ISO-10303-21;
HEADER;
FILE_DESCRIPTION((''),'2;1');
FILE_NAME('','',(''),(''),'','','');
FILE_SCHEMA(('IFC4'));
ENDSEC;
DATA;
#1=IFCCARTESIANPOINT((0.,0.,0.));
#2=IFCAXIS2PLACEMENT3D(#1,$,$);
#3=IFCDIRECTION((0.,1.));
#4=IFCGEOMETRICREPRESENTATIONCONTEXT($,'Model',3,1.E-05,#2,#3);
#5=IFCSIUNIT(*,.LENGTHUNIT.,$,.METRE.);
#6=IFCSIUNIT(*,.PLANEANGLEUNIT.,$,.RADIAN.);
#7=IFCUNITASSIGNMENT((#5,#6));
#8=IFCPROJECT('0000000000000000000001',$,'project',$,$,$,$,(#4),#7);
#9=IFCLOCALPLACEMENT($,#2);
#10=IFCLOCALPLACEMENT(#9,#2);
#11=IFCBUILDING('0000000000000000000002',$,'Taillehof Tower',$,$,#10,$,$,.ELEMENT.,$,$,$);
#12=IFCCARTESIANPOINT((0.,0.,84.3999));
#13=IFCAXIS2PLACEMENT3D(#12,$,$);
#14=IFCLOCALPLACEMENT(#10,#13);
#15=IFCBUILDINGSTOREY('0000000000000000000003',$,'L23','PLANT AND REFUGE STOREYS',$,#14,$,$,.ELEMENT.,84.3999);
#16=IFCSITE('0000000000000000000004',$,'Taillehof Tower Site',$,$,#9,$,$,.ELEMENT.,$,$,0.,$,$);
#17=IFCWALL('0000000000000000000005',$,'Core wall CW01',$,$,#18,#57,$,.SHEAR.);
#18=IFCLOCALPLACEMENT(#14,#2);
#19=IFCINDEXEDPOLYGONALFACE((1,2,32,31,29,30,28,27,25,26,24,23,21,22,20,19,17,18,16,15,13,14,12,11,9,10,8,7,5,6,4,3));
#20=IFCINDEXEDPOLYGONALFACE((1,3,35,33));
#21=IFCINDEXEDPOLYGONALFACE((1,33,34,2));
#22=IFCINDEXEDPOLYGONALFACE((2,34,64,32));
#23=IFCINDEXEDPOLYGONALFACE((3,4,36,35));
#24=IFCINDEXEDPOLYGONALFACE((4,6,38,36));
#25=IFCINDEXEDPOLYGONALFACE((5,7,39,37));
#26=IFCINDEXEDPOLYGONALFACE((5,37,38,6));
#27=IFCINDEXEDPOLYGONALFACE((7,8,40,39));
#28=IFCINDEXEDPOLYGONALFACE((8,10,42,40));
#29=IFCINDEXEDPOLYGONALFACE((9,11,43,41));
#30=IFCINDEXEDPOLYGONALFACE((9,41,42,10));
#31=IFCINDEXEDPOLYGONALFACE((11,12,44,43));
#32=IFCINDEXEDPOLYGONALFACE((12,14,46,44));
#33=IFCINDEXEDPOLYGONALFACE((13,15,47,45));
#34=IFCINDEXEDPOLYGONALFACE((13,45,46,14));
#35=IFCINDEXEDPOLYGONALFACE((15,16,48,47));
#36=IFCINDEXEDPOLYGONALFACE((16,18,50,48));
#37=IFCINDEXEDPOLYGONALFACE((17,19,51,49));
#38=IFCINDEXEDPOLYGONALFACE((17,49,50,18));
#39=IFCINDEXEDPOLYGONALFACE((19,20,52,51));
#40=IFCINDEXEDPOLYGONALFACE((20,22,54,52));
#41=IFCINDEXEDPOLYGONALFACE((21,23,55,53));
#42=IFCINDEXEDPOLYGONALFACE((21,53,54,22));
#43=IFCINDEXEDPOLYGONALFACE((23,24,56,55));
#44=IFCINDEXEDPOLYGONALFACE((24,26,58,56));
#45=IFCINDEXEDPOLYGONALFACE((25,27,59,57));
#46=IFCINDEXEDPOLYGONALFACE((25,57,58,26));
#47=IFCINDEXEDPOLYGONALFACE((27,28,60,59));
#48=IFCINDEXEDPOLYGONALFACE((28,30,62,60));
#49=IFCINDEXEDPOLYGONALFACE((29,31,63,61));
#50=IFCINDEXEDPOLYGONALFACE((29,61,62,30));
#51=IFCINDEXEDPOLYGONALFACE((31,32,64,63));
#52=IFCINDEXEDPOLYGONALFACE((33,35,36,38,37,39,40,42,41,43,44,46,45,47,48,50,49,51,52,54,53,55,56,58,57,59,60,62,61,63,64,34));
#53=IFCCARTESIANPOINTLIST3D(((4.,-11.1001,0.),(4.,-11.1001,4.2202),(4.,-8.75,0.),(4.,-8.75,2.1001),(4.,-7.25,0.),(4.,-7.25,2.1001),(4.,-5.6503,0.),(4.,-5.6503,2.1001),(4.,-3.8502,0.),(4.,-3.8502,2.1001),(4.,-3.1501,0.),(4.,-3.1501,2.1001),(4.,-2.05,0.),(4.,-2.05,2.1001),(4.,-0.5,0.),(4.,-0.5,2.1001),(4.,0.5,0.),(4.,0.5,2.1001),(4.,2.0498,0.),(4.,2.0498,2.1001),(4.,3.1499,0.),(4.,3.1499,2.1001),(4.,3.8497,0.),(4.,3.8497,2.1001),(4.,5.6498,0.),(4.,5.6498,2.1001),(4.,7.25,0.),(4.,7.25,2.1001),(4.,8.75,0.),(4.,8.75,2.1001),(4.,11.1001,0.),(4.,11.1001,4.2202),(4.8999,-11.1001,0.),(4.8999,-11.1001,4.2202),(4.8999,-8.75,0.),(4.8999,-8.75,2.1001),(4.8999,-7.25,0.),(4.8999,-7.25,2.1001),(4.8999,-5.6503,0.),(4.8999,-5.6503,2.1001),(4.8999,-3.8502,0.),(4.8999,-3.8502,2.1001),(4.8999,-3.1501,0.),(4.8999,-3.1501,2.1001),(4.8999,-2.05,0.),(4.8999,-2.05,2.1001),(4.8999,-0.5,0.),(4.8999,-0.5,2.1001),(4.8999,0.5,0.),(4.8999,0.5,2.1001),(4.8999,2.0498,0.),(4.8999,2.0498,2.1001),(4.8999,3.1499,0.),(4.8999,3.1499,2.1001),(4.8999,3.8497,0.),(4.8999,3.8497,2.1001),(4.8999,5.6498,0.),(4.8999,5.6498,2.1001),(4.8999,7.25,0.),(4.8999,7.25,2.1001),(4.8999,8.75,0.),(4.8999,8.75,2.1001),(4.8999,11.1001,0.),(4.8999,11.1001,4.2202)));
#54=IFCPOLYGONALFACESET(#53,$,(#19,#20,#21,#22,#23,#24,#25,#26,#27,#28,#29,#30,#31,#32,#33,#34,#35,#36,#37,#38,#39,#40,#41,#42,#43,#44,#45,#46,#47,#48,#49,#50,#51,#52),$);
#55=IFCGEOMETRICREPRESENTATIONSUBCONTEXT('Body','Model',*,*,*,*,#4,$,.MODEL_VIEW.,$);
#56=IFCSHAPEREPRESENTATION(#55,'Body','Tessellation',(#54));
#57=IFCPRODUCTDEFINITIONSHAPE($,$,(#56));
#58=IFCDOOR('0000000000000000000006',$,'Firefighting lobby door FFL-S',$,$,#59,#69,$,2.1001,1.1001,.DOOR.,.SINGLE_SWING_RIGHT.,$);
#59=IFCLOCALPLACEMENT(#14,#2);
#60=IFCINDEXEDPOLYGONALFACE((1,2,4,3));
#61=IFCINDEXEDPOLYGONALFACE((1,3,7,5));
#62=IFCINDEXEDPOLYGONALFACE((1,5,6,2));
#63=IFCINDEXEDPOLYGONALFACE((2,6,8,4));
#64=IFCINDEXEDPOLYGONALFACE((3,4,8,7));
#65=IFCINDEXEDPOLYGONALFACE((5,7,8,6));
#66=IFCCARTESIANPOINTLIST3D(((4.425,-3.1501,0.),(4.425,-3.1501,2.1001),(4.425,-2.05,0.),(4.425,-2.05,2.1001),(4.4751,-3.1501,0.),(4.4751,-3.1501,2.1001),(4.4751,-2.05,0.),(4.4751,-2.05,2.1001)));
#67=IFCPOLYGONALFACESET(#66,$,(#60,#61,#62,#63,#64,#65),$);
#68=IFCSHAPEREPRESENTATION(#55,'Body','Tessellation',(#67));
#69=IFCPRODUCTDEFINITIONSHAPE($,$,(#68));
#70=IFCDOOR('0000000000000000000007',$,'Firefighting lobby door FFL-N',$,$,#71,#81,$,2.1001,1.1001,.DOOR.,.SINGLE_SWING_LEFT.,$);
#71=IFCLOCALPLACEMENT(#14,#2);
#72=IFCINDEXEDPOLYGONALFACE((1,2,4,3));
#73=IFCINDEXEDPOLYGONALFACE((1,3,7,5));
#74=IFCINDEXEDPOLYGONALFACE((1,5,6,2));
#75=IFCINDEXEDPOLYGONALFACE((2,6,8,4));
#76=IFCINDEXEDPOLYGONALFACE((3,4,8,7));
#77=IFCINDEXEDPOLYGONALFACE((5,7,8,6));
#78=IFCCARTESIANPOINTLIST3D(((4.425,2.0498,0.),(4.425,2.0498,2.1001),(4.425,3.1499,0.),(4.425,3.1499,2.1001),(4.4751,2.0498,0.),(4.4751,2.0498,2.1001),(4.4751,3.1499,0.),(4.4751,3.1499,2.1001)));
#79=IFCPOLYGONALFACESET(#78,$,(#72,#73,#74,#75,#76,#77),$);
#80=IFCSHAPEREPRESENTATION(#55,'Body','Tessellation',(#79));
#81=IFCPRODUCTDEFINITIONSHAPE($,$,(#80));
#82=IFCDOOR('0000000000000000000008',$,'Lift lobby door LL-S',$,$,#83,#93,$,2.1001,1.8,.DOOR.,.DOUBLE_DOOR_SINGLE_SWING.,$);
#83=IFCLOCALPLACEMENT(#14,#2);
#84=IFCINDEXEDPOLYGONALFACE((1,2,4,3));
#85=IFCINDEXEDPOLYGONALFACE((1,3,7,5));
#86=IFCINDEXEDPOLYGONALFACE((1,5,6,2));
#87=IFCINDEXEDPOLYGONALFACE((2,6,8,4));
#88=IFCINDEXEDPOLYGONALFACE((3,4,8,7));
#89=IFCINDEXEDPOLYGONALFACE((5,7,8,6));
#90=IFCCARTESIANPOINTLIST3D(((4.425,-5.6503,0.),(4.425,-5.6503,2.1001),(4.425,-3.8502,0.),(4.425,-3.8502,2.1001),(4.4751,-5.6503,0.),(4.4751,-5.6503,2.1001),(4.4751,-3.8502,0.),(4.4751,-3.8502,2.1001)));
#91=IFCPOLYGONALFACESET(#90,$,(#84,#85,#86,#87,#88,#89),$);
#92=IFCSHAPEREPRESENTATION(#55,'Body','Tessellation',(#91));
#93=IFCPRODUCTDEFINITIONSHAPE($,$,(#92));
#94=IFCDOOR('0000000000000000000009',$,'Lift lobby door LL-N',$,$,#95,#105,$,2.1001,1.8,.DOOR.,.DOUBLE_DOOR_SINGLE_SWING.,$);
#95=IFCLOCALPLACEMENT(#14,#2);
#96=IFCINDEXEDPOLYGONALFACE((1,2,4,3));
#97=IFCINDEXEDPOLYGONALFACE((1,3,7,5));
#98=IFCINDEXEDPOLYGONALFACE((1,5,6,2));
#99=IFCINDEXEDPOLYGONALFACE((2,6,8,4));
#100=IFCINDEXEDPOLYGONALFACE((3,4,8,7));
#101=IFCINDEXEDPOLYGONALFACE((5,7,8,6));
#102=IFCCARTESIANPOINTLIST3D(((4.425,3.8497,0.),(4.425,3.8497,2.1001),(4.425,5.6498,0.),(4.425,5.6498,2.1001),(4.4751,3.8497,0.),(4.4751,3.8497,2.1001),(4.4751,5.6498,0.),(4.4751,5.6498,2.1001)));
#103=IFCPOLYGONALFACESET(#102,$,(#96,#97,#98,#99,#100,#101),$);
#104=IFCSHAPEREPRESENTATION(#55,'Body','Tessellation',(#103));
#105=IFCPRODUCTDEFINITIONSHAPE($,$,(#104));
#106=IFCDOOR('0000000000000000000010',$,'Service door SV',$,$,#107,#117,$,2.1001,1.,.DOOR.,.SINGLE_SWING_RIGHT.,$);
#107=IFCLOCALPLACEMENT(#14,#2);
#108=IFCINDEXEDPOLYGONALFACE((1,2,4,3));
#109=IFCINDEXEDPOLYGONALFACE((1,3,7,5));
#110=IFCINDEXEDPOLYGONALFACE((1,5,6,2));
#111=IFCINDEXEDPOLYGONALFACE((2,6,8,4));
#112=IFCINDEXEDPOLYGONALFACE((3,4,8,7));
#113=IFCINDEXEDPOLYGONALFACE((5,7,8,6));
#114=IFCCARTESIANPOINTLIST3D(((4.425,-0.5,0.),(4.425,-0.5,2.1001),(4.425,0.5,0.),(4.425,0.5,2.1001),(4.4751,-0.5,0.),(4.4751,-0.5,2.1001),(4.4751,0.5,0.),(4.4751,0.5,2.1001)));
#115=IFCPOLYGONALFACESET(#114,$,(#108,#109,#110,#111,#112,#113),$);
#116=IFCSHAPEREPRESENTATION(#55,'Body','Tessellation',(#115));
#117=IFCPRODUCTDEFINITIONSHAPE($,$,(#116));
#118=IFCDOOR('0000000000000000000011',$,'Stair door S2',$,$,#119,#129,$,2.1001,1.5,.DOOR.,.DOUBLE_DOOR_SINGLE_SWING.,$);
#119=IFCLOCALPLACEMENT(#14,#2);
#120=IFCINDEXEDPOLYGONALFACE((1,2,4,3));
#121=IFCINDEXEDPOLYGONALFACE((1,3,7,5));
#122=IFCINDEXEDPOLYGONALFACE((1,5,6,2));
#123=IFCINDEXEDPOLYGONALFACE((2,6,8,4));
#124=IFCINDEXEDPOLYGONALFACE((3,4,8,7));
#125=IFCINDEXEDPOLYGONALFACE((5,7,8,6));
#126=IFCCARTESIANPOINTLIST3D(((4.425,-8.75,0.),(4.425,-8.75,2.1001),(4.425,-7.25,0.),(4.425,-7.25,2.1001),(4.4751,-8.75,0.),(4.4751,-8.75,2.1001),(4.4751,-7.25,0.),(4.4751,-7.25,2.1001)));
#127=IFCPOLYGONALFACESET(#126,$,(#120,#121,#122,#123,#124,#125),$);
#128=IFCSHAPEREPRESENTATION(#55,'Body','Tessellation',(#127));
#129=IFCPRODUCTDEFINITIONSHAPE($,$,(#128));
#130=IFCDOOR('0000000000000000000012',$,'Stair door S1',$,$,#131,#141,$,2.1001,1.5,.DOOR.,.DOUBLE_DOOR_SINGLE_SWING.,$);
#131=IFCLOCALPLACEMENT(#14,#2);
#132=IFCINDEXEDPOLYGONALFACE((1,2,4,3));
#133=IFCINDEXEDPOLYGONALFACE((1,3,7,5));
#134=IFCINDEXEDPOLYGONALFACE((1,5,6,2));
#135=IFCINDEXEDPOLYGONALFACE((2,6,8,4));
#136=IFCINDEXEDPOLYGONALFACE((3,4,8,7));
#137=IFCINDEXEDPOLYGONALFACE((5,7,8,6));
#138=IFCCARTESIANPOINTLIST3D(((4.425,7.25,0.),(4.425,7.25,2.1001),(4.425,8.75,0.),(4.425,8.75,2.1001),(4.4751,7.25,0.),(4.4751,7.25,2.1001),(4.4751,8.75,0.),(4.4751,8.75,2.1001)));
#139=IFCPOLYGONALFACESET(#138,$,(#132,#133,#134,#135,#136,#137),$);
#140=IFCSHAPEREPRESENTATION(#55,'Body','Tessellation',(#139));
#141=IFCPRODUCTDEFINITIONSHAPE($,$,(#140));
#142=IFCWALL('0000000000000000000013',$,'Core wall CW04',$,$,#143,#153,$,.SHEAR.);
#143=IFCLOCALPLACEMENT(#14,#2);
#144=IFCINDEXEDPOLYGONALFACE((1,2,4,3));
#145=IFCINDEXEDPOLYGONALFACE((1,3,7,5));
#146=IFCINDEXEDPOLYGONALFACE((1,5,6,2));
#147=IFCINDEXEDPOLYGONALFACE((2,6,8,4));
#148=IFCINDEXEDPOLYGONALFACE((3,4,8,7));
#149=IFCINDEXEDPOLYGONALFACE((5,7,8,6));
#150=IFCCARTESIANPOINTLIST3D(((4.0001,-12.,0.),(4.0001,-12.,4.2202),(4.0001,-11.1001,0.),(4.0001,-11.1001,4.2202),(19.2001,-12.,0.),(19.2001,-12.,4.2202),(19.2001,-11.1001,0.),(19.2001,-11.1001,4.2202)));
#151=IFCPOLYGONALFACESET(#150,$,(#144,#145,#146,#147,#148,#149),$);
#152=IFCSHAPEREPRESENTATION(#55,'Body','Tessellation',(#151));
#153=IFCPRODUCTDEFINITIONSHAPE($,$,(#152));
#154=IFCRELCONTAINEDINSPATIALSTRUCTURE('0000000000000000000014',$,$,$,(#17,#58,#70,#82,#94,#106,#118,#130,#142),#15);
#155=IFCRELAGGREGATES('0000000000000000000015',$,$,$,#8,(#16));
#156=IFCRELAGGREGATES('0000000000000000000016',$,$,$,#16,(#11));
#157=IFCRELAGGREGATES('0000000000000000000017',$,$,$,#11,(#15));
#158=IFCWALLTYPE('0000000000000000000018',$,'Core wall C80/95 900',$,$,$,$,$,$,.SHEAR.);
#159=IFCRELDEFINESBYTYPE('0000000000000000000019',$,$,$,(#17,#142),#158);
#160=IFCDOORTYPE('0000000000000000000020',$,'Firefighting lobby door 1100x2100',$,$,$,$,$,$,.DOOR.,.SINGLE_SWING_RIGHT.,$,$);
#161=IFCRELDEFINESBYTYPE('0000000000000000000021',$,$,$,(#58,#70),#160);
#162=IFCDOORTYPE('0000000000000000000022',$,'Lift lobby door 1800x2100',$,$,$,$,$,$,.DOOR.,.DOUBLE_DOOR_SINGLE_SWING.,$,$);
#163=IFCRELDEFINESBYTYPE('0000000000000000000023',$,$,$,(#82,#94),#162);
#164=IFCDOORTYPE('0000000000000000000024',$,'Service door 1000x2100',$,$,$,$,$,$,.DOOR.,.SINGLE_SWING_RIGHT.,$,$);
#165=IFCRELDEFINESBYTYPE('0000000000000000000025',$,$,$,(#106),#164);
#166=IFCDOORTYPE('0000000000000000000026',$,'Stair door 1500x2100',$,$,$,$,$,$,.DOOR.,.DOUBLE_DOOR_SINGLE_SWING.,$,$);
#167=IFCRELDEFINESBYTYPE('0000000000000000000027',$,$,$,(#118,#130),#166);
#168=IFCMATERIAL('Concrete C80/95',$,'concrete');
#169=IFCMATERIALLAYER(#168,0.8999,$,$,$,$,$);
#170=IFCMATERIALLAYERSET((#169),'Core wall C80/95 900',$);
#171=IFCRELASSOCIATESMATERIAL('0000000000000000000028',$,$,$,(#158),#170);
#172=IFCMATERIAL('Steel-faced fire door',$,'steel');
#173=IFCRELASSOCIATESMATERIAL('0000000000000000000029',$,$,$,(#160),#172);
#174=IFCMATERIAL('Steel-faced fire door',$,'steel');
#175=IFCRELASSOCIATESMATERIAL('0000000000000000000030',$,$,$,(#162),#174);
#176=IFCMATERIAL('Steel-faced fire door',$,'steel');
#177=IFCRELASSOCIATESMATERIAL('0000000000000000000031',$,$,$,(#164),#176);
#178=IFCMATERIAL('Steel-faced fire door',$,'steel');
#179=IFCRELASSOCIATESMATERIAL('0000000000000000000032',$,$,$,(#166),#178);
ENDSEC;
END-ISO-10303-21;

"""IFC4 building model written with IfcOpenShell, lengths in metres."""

from ifc_helpers import new_model, si_unit, direction, frame, frame_2d, origin, place, context, subcontext, project, spatial, rectangle, extrude, material, layer, layer_set, type_object, element, fill, save


model = new_model("IFC4")

# Units and contexts
model_context = context("Model", 3, precision=1e-05, world=origin(), true_north=direction((0.0, 1.0)))
body_context = subcontext(model_context, "Body", "Model", "MODEL_VIEW")
ifc_project = project(units=[si_unit("LENGTHUNIT", "METRE"), si_unit("PLANEANGLEUNIT", "RADIAN")], contexts=[model_context])

# Site, building, storey
site_placement = place(None, origin())
site = spatial("IfcSite", under=ifc_project, at=site_placement, Name="Taillehof Tower Site", CompositionType="ELEMENT", RefElevation=0.0)
building_placement = place(site_placement, origin())
building = spatial("IfcBuilding", under=site, at=building_placement, Name="Taillehof Tower", CompositionType="ELEMENT")
storey_placement = place(building_placement, frame((0.0, 0.0, 84.3999)))
storey = spatial("IfcBuildingStorey", under=building, at=storey_placement, Name="L23", Description="PLANT AND REFUGE STOREYS", CompositionType="ELEMENT", Elevation=84.3999)

# Wall, openings, doors
ifc_material_1 = material(Name="Concrete C80/95", Category="concrete")
ifc_layer_1 = layer(ifc_material_1, 0.8999)
ifc_layer_set_1 = layer_set([ifc_layer_1], Name="Core wall C80/95 900")
wall_type_1 = type_object("IfcWallType", Name="Core wall C80/95 900", PredefinedType="SHEAR", material=ifc_layer_set_1)
wall_1_placement = place(storey_placement, frame((4.45, -11.1001, 0.0), z_axis=(0.0, 0.0, 1.0), x_axis=(0.0, 1.0, 0.0)))
wall_1 = element("IfcWall", 1, at=wall_1_placement, inside=storey, type_object=wall_type_1, Name="Core wall CW01", PredefinedType="SHEAR", context=body_context, shape_type="SweptSolid", body=[
    extrude(rectangle(XDim=22.2002, YDim=0.8999, at=frame_2d((11.1001, 0.0))), origin(), (0.0, 0.0, 1.0), 4.2202),
])
opening_1_placement = place(wall_1_placement, frame((2.3501, 0.0, 0.0)))
opening_1 = element("IfcOpeningElement", 2, at=opening_1_placement, cuts=wall_1, PredefinedType="OPENING", context=body_context, shape_type="SweptSolid", body=[
    extrude(rectangle(XDim=1.5, YDim=2.1001, at=frame_2d((0.75, 1.05))), frame((0.0, 0.46, 0.0), z_axis=(0.0, -1.0, 0.0), x_axis=(1.0, 0.0, 0.0)), (0.0, 0.0, 1.0), 0.9199),
])
opening_2_placement = place(wall_1_placement, frame((5.45, 0.0, 0.0)))
opening_2 = element("IfcOpeningElement", 3, at=opening_2_placement, cuts=wall_1, PredefinedType="OPENING", context=body_context, shape_type="SweptSolid", body=[
    extrude(rectangle(XDim=1.8, YDim=2.1001, at=frame_2d((0.8999, 1.05))), frame((0.0, 0.46, 0.0), z_axis=(0.0, -1.0, 0.0), x_axis=(1.0, 0.0, 0.0)), (0.0, 0.0, 1.0), 0.9199),
])
opening_3_placement = place(wall_1_placement, frame((7.95, 0.0, 0.0)))
opening_3 = element("IfcOpeningElement", 4, at=opening_3_placement, cuts=wall_1, PredefinedType="OPENING", context=body_context, shape_type="SweptSolid", body=[
    extrude(rectangle(XDim=1.1001, YDim=2.1001, at=frame_2d((0.55, 1.05))), frame((0.0, 0.46, 0.0), z_axis=(0.0, -1.0, 0.0), x_axis=(1.0, 0.0, 0.0)), (0.0, 0.0, 1.0), 0.9199),
])
opening_4_placement = place(wall_1_placement, frame((10.6001, 0.0, 0.0)))
opening_4 = element("IfcOpeningElement", 5, at=opening_4_placement, cuts=wall_1, PredefinedType="OPENING", context=body_context, shape_type="SweptSolid", body=[
    extrude(rectangle(XDim=1.0, YDim=2.1001, at=frame_2d((0.5, 1.05))), frame((0.0, 0.46, 0.0), z_axis=(0.0, -1.0, 0.0), x_axis=(1.0, 0.0, 0.0)), (0.0, 0.0, 1.0), 0.9199),
])
opening_5_placement = place(wall_1_placement, frame((13.1499, 0.0, 0.0)))
opening_5 = element("IfcOpeningElement", 6, at=opening_5_placement, cuts=wall_1, PredefinedType="OPENING", context=body_context, shape_type="SweptSolid", body=[
    extrude(rectangle(XDim=1.1001, YDim=2.1001, at=frame_2d((0.55, 1.05))), frame((0.0, 0.46, 0.0), z_axis=(0.0, -1.0, 0.0), x_axis=(1.0, 0.0, 0.0)), (0.0, 0.0, 1.0), 0.9199),
])
opening_6_placement = place(wall_1_placement, frame((14.95, 0.0, 0.0)))
opening_6 = element("IfcOpeningElement", 7, at=opening_6_placement, cuts=wall_1, PredefinedType="OPENING", context=body_context, shape_type="SweptSolid", body=[
    extrude(rectangle(XDim=1.8, YDim=2.1001, at=frame_2d((0.8999, 1.05))), frame((0.0, 0.46, 0.0), z_axis=(0.0, -1.0, 0.0), x_axis=(1.0, 0.0, 0.0)), (0.0, 0.0, 1.0), 0.9199),
])
opening_7_placement = place(wall_1_placement, frame((18.3501, 0.0, 0.0)))
opening_7 = element("IfcOpeningElement", 8, at=opening_7_placement, cuts=wall_1, PredefinedType="OPENING", context=body_context, shape_type="SweptSolid", body=[
    extrude(rectangle(XDim=1.5, YDim=2.1001, at=frame_2d((0.75, 1.05))), frame((0.0, 0.46, 0.0), z_axis=(0.0, -1.0, 0.0), x_axis=(1.0, 0.0, 0.0)), (0.0, 0.0, 1.0), 0.9199),
])
ifc_material_2 = material(Name="Steel-faced fire door", Category="steel")
door_type_1 = type_object("IfcDoorType", Name="Firefighting lobby door 1100x2100", OperationType="SINGLE_SWING_RIGHT", PredefinedType="DOOR", material=ifc_material_2)
door_1_placement = place(opening_3_placement, origin())
door_1 = element("IfcDoor", 9, at=door_1_placement, inside=storey, type_object=door_type_1, Name="Firefighting lobby door FFL-S", OperationType="SINGLE_SWING_RIGHT", OverallHeight=2.1001, OverallWidth=1.1001, PredefinedType="DOOR", context=body_context, shape_type="SweptSolid", body=[
    extrude(rectangle(XDim=1.1001, YDim=2.1001, at=frame_2d((0.55, 1.05))), frame((0.0, 0.0249, 0.0), z_axis=(0.0, -1.0, 0.0), x_axis=(1.0, 0.0, 0.0)), (0.0, 0.0, 1.0), 0.05),
])
fill(opening_3, door_1)
door_2_placement = place(opening_5_placement, origin())
door_2 = element("IfcDoor", 10, at=door_2_placement, inside=storey, type_object=door_type_1, Name="Firefighting lobby door FFL-N", OperationType="SINGLE_SWING_LEFT", OverallHeight=2.1001, OverallWidth=1.1001, PredefinedType="DOOR", context=body_context, shape_type="SweptSolid", body=[
    extrude(rectangle(XDim=1.1001, YDim=2.1001, at=frame_2d((0.55, 1.05))), frame((0.0, 0.0249, 0.0), z_axis=(0.0, -1.0, 0.0), x_axis=(1.0, 0.0, 0.0)), (0.0, 0.0, 1.0), 0.05),
])
fill(opening_5, door_2)
ifc_material_3 = material(Name="Steel-faced fire door", Category="steel")
door_type_2 = type_object("IfcDoorType", Name="Lift lobby door 1800x2100", OperationType="DOUBLE_DOOR_SINGLE_SWING", PredefinedType="DOOR", material=ifc_material_3)
door_3_placement = place(opening_2_placement, origin())
door_3 = element("IfcDoor", 11, at=door_3_placement, inside=storey, type_object=door_type_2, Name="Lift lobby door LL-S", OperationType="DOUBLE_DOOR_SINGLE_SWING", OverallHeight=2.1001, OverallWidth=1.8, PredefinedType="DOOR", context=body_context, shape_type="SweptSolid", body=[
    extrude(rectangle(XDim=1.8, YDim=2.1001, at=frame_2d((0.8999, 1.05))), frame((0.0, 0.0249, 0.0), z_axis=(0.0, -1.0, 0.0), x_axis=(1.0, 0.0, 0.0)), (0.0, 0.0, 1.0), 0.05),
])
fill(opening_2, door_3)
door_4_placement = place(opening_6_placement, origin())
door_4 = element("IfcDoor", 12, at=door_4_placement, inside=storey, type_object=door_type_2, Name="Lift lobby door LL-N", OperationType="DOUBLE_DOOR_SINGLE_SWING", OverallHeight=2.1001, OverallWidth=1.8, PredefinedType="DOOR", context=body_context, shape_type="SweptSolid", body=[
    extrude(rectangle(XDim=1.8, YDim=2.1001, at=frame_2d((0.8999, 1.05))), frame((0.0, 0.0249, 0.0), z_axis=(0.0, -1.0, 0.0), x_axis=(1.0, 0.0, 0.0)), (0.0, 0.0, 1.0), 0.05),
])
fill(opening_6, door_4)
ifc_material_4 = material(Name="Steel-faced fire door", Category="steel")
door_type_3 = type_object("IfcDoorType", Name="Service door 1000x2100", OperationType="SINGLE_SWING_RIGHT", PredefinedType="DOOR", material=ifc_material_4)
door_5_placement = place(opening_4_placement, origin())
door_5 = element("IfcDoor", 13, at=door_5_placement, inside=storey, type_object=door_type_3, Name="Service door SV", OperationType="SINGLE_SWING_RIGHT", OverallHeight=2.1001, OverallWidth=1.0, PredefinedType="DOOR", context=body_context, shape_type="SweptSolid", body=[
    extrude(rectangle(XDim=1.0, YDim=2.1001, at=frame_2d((0.5, 1.05))), frame((0.0, 0.0249, 0.0), z_axis=(0.0, -1.0, 0.0), x_axis=(1.0, 0.0, 0.0)), (0.0, 0.0, 1.0), 0.05),
])
fill(opening_4, door_5)
ifc_material_5 = material(Name="Steel-faced fire door", Category="steel")
door_type_4 = type_object("IfcDoorType", Name="Stair door 1500x2100", OperationType="DOUBLE_DOOR_SINGLE_SWING", PredefinedType="DOOR", material=ifc_material_5)
door_6_placement = place(opening_1_placement, origin())
door_6 = element("IfcDoor", 14, at=door_6_placement, inside=storey, type_object=door_type_4, Name="Stair door S2", OperationType="DOUBLE_DOOR_SINGLE_SWING", OverallHeight=2.1001, OverallWidth=1.5, PredefinedType="DOOR", context=body_context, shape_type="SweptSolid", body=[
    extrude(rectangle(XDim=1.5, YDim=2.1001, at=frame_2d((0.75, 1.05))), frame((0.0, 0.0249, 0.0), z_axis=(0.0, -1.0, 0.0), x_axis=(1.0, 0.0, 0.0)), (0.0, 0.0, 1.0), 0.05),
])
fill(opening_1, door_6)
door_7_placement = place(opening_7_placement, origin())
door_7 = element("IfcDoor", 15, at=door_7_placement, inside=storey, type_object=door_type_4, Name="Stair door S1", OperationType="DOUBLE_DOOR_SINGLE_SWING", OverallHeight=2.1001, OverallWidth=1.5, PredefinedType="DOOR", context=body_context, shape_type="SweptSolid", body=[
    extrude(rectangle(XDim=1.5, YDim=2.1001, at=frame_2d((0.75, 1.05))), frame((0.0, 0.0249, 0.0), z_axis=(0.0, -1.0, 0.0), x_axis=(1.0, 0.0, 0.0)), (0.0, 0.0, 1.0), 0.05),
])
fill(opening_7, door_7)

# Wall
wall_2_placement = place(storey_placement, frame((4.0, -11.55, 0.0), z_axis=(0.0, 0.0, 1.0), x_axis=(1.0, 0.0, 0.0)))
element("IfcWall", 16, at=wall_2_placement, inside=storey, type_object=wall_type_1, Name="Core wall CW04", PredefinedType="SHEAR", context=body_context, shape_type="SweptSolid", body=[
    extrude(rectangle(XDim=15.2, YDim=0.8999, at=frame_2d((7.6001, 0.0))), origin(), (0.0, 0.0, 1.0), 4.2202),
])

save(model, "model.ifc")
